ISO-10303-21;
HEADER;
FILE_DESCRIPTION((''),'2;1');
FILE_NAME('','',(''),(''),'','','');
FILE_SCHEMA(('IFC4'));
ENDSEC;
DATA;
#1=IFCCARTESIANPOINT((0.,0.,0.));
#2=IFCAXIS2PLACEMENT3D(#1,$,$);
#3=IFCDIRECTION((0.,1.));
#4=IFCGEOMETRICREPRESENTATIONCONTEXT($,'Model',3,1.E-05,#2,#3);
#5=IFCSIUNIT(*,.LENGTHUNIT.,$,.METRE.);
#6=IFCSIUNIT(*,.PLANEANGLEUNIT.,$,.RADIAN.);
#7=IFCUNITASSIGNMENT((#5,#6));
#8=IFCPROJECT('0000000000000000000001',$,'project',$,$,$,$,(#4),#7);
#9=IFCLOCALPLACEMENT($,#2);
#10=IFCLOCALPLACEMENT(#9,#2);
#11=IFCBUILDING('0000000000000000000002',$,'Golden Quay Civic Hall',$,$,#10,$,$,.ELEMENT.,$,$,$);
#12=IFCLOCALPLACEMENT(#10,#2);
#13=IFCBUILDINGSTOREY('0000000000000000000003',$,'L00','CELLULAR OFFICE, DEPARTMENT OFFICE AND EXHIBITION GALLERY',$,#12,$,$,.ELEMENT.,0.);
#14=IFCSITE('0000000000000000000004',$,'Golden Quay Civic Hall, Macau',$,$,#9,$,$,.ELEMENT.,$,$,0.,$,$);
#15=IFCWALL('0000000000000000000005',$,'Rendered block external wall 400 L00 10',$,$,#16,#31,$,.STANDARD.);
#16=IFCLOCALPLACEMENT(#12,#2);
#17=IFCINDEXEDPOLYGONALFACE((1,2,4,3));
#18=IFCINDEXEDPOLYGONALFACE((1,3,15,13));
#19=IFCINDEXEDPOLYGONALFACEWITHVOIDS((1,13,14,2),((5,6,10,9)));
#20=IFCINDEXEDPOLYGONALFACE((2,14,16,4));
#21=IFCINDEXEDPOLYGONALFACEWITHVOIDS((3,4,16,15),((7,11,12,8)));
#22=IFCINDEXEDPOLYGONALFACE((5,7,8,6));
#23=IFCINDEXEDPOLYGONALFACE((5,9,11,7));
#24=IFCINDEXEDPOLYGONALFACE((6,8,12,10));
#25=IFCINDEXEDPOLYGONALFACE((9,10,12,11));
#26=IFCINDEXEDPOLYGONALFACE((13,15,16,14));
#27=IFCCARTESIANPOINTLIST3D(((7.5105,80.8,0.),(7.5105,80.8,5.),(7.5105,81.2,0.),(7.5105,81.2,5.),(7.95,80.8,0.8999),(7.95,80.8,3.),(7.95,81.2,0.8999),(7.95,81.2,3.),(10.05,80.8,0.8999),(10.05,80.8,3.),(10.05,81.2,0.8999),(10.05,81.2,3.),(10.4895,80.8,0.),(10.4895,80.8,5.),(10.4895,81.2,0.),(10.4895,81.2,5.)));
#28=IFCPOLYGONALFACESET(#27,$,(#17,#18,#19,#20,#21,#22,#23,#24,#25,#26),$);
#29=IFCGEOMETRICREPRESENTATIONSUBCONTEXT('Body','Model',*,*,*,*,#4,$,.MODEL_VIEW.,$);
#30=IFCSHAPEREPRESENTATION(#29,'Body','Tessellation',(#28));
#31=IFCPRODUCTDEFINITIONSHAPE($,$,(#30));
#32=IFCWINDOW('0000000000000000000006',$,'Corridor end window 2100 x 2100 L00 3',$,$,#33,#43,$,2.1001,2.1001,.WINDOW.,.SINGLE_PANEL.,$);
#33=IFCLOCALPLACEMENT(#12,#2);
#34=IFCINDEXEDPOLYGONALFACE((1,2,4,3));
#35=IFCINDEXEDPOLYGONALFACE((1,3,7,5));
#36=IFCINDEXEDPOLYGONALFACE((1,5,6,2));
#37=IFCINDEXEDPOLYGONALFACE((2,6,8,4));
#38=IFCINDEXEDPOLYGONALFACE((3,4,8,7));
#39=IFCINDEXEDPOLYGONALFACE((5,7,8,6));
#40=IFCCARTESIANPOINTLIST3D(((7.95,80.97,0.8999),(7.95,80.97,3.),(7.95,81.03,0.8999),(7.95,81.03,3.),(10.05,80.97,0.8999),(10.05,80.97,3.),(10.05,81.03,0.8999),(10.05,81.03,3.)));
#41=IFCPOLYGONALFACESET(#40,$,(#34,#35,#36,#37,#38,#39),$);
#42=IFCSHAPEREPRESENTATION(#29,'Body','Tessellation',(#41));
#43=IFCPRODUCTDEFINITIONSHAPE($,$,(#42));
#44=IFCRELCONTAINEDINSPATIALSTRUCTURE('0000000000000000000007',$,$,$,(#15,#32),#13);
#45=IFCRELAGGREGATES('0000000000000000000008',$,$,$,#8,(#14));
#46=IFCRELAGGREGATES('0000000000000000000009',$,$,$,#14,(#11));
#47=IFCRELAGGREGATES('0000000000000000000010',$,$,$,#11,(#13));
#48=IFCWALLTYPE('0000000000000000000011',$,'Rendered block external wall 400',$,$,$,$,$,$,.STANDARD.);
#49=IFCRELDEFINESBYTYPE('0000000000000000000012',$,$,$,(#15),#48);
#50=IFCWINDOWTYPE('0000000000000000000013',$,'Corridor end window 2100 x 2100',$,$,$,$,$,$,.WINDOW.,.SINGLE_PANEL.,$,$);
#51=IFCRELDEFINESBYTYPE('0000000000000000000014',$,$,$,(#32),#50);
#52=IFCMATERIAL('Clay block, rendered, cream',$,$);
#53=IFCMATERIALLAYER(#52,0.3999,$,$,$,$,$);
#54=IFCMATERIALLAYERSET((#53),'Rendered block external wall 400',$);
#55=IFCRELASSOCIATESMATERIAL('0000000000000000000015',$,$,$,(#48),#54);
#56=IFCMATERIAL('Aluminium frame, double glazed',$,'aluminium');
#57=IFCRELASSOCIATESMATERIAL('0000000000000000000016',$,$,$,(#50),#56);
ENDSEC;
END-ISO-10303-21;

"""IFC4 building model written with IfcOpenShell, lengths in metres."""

from ifc_helpers import new_model, si_unit, direction, frame, frame_2d, origin, place, context, subcontext, project, spatial, rectangle, extrude, material, layer, layer_set, type_object, element, fill, save


model = new_model("IFC4")

# Units and contexts
model_context = context("Model", 3, precision=1e-05, world=origin(), true_north=direction((0.0, 1.0)))
body_context = subcontext(model_context, "Body", "Model", "MODEL_VIEW")
ifc_project = project(units=[si_unit("LENGTHUNIT", "METRE"), si_unit("PLANEANGLEUNIT", "RADIAN")], contexts=[model_context])

# Site, building, storey
site_placement = place(None, origin())
site = spatial("IfcSite", under=ifc_project, at=site_placement, Name="Golden Quay Civic Hall, Macau", CompositionType="ELEMENT", RefElevation=0.0)
building_placement = place(site_placement, origin())
building = spatial("IfcBuilding", under=site, at=building_placement, Name="Golden Quay Civic Hall", CompositionType="ELEMENT")
storey_placement = place(building_placement, origin())
storey = spatial("IfcBuildingStorey", under=building, at=storey_placement, Name="L00", Description="CELLULAR OFFICE, DEPARTMENT OFFICE AND EXHIBITION GALLERY", CompositionType="ELEMENT", Elevation=0.0)

# Shared definitions
ifc_material_1 = material(Name="Clay block, rendered, cream")
ifc_layer_1 = layer(ifc_material_1, 0.3999)
ifc_layer_set_1 = layer_set([ifc_layer_1], Name="Rendered block external wall 400")
wall_type_1 = type_object("IfcWallType", Name="Rendered block external wall 400", PredefinedType="STANDARD", material=ifc_layer_set_1)

# Wall, opening, window
wall_1_placement = place(storey_placement, frame((7.5105, 81.0, 0.0), z_axis=(0.0, 0.0, 1.0), x_axis=(1.0, 0.0, 0.0)))
wall_1 = element("IfcWall", 1, at=wall_1_placement, inside=storey, type_object=wall_type_1, Name="Rendered block external wall 400 L00 10", PredefinedType="STANDARD", context=body_context, shape_type="SweptSolid", body=[
    extrude(rectangle(XDim=2.979, YDim=0.3999, at=frame_2d((1.4895, 0.0))), origin(), (0.0, 0.0, 1.0), 5.0),
])
opening_1_placement = place(wall_1_placement, frame((0.4395, 0.0, 0.8999)))
opening_1 = element("IfcOpeningElement", 2, at=opening_1_placement, cuts=wall_1, PredefinedType="OPENING", context=body_context, shape_type="SweptSolid", body=[
    extrude(rectangle(XDim=2.1001, YDim=2.1001, at=frame_2d((1.05, 1.05))), frame((0.0, 0.21, 0.0), z_axis=(0.0, -1.0, 0.0), x_axis=(1.0, 0.0, 0.0)), (0.0, 0.0, 1.0), 0.4199),
])
ifc_material_2 = material(Name="Aluminium frame, double glazed", Category="aluminium")
window_type_1 = type_object("IfcWindowType", Name="Corridor end window 2100 x 2100", PartitioningType="SINGLE_PANEL", PredefinedType="WINDOW", material=ifc_material_2)
window_1_placement = place(opening_1_placement, origin())
window_1 = element("IfcWindow", 3, at=window_1_placement, inside=storey, type_object=window_type_1, Name="Corridor end window 2100 x 2100 L00 3", OverallHeight=2.1001, OverallWidth=2.1001, PartitioningType="SINGLE_PANEL", PredefinedType="WINDOW", context=body_context, shape_type="SweptSolid", body=[
    extrude(rectangle(XDim=2.1001, YDim=2.1001, at=frame_2d((1.05, 1.05))), frame((0.0, 0.03, 0.0), z_axis=(0.0, -1.0, 0.0), x_axis=(1.0, 0.0, 0.0)), (0.0, 0.0, 1.0), 0.0601),
])
fill(opening_1, window_1)

save(model, "model.ifc")
